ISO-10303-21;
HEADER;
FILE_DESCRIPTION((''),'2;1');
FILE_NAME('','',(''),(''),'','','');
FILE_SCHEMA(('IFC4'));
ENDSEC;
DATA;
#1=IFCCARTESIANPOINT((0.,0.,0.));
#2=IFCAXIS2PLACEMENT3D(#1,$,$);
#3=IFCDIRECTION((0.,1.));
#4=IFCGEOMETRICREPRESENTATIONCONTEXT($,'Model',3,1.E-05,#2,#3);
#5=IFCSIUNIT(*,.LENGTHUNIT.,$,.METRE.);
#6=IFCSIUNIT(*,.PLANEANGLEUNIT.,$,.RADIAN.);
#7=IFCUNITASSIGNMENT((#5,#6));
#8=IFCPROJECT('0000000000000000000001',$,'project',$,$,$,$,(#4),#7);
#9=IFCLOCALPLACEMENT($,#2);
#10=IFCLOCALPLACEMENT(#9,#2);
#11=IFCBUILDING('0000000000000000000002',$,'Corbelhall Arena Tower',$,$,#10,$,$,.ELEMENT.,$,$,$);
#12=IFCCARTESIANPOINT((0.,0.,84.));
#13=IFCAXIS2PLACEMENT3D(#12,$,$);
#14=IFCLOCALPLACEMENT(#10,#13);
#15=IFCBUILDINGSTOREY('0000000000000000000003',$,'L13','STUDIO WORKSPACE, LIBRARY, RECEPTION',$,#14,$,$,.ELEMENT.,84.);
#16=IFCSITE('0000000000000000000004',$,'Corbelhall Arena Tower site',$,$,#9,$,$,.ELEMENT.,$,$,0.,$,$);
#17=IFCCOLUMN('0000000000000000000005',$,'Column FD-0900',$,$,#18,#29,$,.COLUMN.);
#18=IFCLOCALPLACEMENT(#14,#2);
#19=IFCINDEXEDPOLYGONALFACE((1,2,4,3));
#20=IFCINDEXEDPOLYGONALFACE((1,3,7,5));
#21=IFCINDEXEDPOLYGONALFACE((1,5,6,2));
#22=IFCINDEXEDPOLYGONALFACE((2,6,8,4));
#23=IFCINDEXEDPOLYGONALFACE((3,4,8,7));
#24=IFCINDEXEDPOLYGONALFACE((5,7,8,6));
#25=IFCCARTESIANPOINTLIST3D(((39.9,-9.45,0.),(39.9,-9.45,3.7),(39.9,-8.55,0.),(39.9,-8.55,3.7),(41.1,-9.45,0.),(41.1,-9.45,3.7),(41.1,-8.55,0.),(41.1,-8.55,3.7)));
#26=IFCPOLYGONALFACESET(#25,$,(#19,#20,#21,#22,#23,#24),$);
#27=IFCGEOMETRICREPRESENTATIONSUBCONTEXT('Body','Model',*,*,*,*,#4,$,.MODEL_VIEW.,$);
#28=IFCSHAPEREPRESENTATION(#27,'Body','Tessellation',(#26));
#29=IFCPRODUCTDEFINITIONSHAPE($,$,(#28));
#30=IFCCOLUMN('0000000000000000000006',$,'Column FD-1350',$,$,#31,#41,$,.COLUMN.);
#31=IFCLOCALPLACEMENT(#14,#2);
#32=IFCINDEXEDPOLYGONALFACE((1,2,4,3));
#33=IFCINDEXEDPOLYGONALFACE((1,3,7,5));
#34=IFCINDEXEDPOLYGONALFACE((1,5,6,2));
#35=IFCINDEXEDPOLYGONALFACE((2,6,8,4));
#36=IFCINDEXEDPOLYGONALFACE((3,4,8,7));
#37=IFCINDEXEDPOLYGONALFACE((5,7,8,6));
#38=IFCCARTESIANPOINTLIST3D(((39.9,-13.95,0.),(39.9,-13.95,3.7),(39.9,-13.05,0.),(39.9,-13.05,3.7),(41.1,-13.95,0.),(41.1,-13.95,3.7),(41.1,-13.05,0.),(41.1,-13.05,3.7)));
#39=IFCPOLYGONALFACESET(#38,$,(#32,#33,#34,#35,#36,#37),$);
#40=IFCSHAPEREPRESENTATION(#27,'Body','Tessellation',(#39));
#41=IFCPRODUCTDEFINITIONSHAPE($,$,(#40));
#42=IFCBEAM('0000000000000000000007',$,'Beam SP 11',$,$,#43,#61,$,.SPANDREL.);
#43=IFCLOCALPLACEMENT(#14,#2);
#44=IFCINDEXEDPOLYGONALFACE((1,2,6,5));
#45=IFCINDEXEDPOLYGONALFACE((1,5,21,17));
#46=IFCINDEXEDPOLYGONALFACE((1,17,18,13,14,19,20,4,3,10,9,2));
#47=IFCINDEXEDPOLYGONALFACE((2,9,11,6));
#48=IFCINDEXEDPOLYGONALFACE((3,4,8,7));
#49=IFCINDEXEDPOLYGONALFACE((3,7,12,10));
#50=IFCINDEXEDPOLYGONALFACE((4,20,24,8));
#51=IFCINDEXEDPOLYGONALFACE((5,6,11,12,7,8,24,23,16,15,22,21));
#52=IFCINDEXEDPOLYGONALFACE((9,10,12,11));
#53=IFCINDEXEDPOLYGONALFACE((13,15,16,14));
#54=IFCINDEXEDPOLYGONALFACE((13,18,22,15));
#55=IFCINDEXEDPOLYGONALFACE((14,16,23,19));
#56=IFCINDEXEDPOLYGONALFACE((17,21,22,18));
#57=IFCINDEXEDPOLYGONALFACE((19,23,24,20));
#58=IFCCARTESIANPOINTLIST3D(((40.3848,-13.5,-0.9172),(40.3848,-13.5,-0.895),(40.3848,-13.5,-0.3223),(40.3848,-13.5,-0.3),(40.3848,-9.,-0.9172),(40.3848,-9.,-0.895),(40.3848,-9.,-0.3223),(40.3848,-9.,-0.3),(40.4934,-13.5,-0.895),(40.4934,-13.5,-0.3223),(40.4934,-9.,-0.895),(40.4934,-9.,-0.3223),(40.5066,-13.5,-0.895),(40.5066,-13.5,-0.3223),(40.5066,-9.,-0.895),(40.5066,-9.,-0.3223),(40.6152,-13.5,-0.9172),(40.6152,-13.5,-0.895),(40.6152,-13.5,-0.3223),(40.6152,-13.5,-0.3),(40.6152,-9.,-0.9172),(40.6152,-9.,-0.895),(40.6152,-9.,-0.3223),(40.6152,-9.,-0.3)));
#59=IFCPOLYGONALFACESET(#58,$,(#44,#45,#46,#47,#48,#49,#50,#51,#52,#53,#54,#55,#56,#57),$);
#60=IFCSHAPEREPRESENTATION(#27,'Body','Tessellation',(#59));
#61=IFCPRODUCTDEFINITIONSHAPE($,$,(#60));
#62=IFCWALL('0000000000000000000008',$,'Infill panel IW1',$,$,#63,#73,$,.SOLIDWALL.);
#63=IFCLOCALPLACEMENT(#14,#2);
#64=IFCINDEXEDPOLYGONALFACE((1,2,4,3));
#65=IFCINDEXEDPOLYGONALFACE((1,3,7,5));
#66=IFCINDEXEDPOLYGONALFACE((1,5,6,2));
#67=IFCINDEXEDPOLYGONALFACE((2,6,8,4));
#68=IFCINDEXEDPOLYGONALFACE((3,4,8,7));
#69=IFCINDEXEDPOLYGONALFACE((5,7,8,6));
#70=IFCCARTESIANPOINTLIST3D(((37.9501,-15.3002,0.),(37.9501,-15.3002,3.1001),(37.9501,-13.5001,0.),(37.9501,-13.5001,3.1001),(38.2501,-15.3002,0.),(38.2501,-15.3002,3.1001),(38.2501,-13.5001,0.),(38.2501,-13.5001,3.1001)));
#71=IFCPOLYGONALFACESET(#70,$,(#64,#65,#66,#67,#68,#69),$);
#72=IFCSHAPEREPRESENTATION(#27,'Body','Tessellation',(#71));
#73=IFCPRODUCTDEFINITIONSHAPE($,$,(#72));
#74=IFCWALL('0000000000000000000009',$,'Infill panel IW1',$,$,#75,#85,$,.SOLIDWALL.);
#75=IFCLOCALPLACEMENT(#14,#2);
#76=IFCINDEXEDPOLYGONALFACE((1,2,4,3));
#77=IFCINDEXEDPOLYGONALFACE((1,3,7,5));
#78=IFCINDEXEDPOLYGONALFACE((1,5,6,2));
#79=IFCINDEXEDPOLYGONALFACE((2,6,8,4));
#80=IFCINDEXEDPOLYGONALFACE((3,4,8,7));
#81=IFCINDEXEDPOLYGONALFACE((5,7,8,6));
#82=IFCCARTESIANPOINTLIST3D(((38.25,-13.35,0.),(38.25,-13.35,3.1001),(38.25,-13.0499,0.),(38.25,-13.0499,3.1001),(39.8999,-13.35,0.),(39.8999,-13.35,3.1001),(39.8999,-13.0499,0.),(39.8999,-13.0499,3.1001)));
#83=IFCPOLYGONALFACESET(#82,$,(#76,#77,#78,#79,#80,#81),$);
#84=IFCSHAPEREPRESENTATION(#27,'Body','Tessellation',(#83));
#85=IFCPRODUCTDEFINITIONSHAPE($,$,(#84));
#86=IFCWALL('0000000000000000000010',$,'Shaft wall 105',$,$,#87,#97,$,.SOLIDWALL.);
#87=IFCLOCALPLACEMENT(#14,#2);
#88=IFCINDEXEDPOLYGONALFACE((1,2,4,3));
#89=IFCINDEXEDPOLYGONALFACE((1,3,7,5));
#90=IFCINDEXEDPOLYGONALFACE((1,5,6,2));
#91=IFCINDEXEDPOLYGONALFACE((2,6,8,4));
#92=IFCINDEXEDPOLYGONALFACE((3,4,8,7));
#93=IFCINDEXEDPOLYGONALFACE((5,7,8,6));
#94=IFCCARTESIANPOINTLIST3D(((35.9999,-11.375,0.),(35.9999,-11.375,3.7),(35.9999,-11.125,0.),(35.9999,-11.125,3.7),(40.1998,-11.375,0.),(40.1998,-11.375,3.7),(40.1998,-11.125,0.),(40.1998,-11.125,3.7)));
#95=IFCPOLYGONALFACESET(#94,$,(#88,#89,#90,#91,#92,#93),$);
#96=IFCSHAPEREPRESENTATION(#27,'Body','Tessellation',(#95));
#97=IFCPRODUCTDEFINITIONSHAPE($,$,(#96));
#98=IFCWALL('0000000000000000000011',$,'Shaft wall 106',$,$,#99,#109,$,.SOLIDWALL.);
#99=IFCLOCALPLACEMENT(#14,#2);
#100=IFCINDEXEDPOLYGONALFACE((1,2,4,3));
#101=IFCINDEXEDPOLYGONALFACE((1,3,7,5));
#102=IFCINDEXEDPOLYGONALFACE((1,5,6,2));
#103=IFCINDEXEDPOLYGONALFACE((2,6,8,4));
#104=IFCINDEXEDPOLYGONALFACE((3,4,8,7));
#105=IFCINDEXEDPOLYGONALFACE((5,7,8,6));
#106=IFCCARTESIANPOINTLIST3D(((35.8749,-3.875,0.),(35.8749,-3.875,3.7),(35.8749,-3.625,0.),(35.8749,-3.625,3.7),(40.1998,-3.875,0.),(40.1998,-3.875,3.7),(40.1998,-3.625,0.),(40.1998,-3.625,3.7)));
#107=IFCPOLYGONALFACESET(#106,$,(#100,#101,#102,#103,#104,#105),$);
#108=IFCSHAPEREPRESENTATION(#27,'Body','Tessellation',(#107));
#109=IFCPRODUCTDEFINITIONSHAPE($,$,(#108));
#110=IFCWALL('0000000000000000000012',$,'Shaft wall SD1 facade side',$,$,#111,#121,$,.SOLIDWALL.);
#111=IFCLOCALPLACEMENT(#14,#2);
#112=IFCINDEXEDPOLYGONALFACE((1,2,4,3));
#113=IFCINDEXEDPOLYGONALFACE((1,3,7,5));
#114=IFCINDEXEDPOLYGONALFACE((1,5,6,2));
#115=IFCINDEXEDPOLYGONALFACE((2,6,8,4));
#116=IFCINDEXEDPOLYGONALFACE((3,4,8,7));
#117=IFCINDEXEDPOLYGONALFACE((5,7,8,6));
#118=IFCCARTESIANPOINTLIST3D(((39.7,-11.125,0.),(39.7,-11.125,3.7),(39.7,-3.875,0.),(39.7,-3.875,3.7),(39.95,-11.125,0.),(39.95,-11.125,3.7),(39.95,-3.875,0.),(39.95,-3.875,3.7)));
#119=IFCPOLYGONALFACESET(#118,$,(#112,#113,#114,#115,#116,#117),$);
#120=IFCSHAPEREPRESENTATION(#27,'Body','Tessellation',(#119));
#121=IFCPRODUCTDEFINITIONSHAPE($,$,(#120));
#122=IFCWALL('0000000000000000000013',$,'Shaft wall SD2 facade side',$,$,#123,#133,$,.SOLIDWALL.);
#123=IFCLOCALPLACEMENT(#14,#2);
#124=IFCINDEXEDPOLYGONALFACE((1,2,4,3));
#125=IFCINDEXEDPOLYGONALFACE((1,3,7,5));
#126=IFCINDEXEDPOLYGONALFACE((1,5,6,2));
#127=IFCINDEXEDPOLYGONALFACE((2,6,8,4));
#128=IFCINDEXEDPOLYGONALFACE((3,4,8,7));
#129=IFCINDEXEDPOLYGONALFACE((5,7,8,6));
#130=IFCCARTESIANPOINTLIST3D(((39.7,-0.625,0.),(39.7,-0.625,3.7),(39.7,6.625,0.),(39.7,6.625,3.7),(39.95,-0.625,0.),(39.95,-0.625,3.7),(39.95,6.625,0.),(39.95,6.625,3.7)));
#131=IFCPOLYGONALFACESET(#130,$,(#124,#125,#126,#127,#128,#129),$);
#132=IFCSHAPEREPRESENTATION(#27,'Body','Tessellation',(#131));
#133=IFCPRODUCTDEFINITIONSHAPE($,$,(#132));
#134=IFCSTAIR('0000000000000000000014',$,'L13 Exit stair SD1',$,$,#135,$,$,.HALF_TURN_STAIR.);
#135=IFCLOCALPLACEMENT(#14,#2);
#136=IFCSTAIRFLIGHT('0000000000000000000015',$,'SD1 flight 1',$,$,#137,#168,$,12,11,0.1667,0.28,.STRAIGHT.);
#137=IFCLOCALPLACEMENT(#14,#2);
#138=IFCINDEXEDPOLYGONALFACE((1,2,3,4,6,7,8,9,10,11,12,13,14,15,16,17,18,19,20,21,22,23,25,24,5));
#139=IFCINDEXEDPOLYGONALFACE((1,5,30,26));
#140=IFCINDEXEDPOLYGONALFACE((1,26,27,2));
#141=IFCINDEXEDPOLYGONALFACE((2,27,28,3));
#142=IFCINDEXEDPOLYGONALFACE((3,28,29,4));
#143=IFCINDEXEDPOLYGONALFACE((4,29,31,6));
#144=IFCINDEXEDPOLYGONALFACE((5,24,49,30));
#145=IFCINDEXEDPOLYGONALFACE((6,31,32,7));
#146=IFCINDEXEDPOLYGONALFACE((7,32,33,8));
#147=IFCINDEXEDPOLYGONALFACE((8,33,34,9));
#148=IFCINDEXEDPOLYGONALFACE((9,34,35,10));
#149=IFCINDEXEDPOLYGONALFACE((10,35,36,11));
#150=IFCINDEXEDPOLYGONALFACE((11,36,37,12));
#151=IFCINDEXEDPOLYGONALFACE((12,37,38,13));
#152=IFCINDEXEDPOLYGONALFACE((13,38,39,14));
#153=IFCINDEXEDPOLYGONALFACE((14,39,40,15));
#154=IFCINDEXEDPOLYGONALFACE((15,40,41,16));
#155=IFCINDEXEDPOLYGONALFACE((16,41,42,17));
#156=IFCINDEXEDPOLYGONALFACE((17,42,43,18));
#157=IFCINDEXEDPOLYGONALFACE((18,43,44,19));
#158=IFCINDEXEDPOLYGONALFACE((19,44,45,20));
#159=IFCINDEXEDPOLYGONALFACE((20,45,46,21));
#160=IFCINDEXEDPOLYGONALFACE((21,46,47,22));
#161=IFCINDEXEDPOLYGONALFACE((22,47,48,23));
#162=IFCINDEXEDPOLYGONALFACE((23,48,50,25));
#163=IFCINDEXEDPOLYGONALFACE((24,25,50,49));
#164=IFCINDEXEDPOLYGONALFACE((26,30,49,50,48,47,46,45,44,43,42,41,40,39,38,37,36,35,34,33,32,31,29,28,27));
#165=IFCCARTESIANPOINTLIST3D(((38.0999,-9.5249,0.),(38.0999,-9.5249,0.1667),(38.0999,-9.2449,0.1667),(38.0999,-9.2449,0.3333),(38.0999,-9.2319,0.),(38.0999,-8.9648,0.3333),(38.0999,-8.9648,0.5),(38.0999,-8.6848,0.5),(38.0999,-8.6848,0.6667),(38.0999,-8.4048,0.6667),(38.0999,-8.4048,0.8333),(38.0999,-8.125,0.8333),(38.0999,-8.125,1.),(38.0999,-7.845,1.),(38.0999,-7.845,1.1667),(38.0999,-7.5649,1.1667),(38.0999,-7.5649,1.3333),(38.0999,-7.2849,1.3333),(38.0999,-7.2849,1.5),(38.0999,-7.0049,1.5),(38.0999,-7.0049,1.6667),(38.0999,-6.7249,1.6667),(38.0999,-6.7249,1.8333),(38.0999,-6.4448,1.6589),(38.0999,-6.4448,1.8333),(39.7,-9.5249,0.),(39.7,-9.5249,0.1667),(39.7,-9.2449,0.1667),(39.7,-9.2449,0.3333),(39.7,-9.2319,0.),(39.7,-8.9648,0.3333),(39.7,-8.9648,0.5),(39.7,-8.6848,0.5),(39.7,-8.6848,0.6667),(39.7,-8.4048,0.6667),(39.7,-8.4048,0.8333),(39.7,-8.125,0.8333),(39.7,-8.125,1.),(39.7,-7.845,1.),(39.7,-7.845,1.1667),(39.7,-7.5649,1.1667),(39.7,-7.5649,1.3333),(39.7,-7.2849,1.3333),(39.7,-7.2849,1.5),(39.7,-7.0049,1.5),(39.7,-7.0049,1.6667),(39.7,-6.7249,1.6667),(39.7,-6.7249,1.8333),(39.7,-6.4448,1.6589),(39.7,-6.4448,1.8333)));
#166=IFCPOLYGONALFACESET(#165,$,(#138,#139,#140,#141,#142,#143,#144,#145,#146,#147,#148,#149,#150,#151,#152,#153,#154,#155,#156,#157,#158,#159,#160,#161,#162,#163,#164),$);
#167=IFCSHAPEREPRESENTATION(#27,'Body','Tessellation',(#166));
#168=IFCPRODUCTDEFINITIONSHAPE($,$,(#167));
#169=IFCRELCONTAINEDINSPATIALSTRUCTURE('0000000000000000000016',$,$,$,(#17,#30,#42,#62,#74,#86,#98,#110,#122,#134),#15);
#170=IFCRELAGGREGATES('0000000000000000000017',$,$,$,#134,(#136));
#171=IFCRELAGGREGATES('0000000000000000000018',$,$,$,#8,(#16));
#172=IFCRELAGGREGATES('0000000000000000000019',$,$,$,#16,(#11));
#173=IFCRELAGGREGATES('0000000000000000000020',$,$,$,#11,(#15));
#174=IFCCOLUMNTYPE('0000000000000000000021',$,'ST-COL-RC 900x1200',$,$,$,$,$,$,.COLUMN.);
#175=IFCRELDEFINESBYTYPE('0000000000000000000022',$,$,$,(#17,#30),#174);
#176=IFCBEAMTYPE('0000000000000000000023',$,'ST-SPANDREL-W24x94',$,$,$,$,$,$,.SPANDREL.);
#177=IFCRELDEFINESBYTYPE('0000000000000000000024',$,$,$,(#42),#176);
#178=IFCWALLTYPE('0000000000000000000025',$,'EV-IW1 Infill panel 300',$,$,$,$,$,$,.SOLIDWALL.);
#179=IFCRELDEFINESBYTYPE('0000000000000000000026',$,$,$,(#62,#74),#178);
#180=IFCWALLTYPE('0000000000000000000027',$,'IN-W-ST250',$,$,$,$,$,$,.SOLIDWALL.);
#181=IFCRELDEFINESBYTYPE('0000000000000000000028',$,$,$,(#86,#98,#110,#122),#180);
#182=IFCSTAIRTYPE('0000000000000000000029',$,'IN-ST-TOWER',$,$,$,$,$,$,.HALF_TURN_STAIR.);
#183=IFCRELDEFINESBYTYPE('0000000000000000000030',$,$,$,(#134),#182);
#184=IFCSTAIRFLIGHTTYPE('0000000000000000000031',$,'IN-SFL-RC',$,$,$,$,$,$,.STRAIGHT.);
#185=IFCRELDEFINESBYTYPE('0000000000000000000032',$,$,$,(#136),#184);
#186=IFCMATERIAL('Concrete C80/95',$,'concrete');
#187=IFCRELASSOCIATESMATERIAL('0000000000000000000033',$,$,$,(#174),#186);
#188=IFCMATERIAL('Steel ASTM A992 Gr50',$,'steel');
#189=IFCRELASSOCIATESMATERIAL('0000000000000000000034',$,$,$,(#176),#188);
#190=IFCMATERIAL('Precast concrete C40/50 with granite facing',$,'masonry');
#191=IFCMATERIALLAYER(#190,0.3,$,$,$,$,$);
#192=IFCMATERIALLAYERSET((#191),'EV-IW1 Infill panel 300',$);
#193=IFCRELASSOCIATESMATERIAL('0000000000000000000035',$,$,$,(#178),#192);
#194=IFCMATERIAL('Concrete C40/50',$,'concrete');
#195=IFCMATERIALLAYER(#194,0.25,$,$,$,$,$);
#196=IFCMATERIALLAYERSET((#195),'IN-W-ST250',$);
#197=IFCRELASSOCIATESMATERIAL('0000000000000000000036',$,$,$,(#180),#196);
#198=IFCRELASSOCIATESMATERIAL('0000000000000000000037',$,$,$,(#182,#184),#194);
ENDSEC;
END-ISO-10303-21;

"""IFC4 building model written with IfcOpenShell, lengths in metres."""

from ifc_helpers import new_model, si_unit, direction, frame, frame_2d, origin, origin_2d, place, context, subcontext, project, spatial, polyline, rectangle, i_section, outline, extrude, material, layer, layer_set, material_profile, profile_set, type_object, element, aggregate, save


model = new_model("IFC4")

# Units and contexts
model_context = context("Model", 3, precision=1e-05, world=origin(), true_north=direction((0.0, 1.0)))
body_context = subcontext(model_context, "Body", "Model", "MODEL_VIEW")
ifc_project = project(units=[si_unit("LENGTHUNIT", "METRE"), si_unit("PLANEANGLEUNIT", "RADIAN")], contexts=[model_context])

# Site, building, storey
site_placement = place(None, origin())
site = spatial("IfcSite", under=ifc_project, at=site_placement, Name="Corbelhall Arena Tower site", CompositionType="ELEMENT", RefElevation=0.0)
building_placement = place(site_placement, origin())
building = spatial("IfcBuilding", under=site, at=building_placement, Name="Corbelhall Arena Tower", CompositionType="ELEMENT")
storey_placement = place(building_placement, frame((0.0, 0.0, 84.0)))
storey = spatial("IfcBuildingStorey", under=building, at=storey_placement, Name="L13", Description="STUDIO WORKSPACE, LIBRARY, RECEPTION", CompositionType="ELEMENT", Elevation=84.0)

# Columns
ifc_material_1 = material(Name="Concrete C80/95", Category="concrete")
ifc_material_profile_1 = material_profile(ifc_material_1, rectangle(XDim=0.8999, YDim=1.2, at=origin_2d()))
ifc_profile_set_1 = profile_set([ifc_material_profile_1], Name="Concrete C80/95")
column_type = type_object("IfcColumnType", Name="ST-COL-RC 900x1200", PredefinedType="COLUMN", material=ifc_profile_set_1)
for number, where, z_axis, x_axis, name in (
    (1, (40.5, -9.0, 0.0), (0.0, 0.0, 1.0), (0.0, 1.0, 0.0), "Column FD-0900"),
    (2, (40.5, -13.5, 0.0), (0.0, 0.0, 1.0), (0.0, 1.0, 0.0), "Column FD-1350"),
):
    element("IfcColumn", number, at=place(storey_placement, frame(where, z_axis=z_axis, x_axis=x_axis)), inside=storey, type_object=column_type, Name=name, PredefinedType="COLUMN", context=body_context, shape_type="SweptSolid", body=[
        extrude(rectangle(XDim=0.8999, YDim=1.2, at=origin_2d()), origin(), (0.0, 0.0, 1.0), 3.7),
    ])

# Beam
ifc_material_2 = material(Name="Steel ASTM A992 Gr50", Category="steel")
ifc_material_profile_2 = material_profile(ifc_material_2, i_section(OverallWidth=0.2305, OverallDepth=0.6172, WebThickness=0.0132, FlangeThickness=0.0222, at=origin_2d()))
ifc_profile_set_2 = profile_set([ifc_material_profile_2], Name="Steel ASTM A992 Gr50")
beam_type = type_object("IfcBeamType", Name="ST-SPANDREL-W24x94", PredefinedType="SPANDREL", material=ifc_profile_set_2)
beam_placement = place(storey_placement, frame((40.5, -9.0, -0.6086), z_axis=(0.0, -1.0, 0.0), x_axis=(1.0, 0.0, 0.0)))
element("IfcBeam", 3, at=beam_placement, inside=storey, type_object=beam_type, Name="Beam SP 11", PredefinedType="SPANDREL", context=body_context, shape_type="SweptSolid", body=[
    extrude(i_section(OverallWidth=0.2305, OverallDepth=0.6172, WebThickness=0.0132, FlangeThickness=0.0222, at=origin_2d()), origin(), (0.0, 0.0, 1.0), 4.5),
])

# Walls
ifc_material_3 = material(Name="Precast concrete C40/50 with granite facing", Category="masonry")
ifc_layer_1 = layer(ifc_material_3, 0.3)
ifc_layer_set_1 = layer_set([ifc_layer_1], Name="EV-IW1 Infill panel 300")
wall_type_1 = type_object("IfcWallType", Name="EV-IW1 Infill panel 300", PredefinedType="SOLIDWALL", material=ifc_layer_set_1)
wall_1_placement = place(storey_placement, frame((38.1001, -15.3, 0.0), z_axis=(0.0, 0.0, 1.0), x_axis=(0.0, 1.0, 0.0)))
element("IfcWall", 4, at=wall_1_placement, inside=storey, type_object=wall_type_1, Name="Infill panel IW1", PredefinedType="SOLIDWALL", context=body_context, shape_type="SweptSolid", body=[
    extrude(rectangle(XDim=1.8, YDim=0.3, at=frame_2d((0.8999, 0.0))), origin(), (0.0, 0.0, 1.0), 3.1001),
])
wall_2_placement = place(storey_placement, frame((39.8999, -13.2, 0.0), z_axis=(0.0, 0.0, 1.0), x_axis=(-1.0, 0.0, 0.0)))
element("IfcWall", 5, at=wall_2_placement, inside=storey, type_object=wall_type_1, Name="Infill panel IW1", PredefinedType="SOLIDWALL", context=body_context, shape_type="SweptSolid", body=[
    extrude(rectangle(XDim=1.6499, YDim=0.3, at=frame_2d((0.825, 0.0))), origin(), (0.0, 0.0, 1.0), 3.1001),
])

# Walls
ifc_material_4 = material(Name="Concrete C40/50", Category="concrete")
ifc_layer_2 = layer(ifc_material_4, 0.25)
ifc_layer_set_2 = layer_set([ifc_layer_2], Name="IN-W-ST250")
wall_type_2 = type_object("IfcWallType", Name="IN-W-ST250", PredefinedType="SOLIDWALL", material=ifc_layer_set_2)
wall_3_placement = place(storey_placement, frame((40.2, -11.25, 0.0), z_axis=(0.0, 0.0, 1.0), x_axis=(-1.0, 0.0, 0.0)))
element("IfcWall", 6, at=wall_3_placement, inside=storey, type_object=wall_type_2, Name="Shaft wall 105", PredefinedType="SOLIDWALL", context=body_context, shape_type="SweptSolid", body=[
    extrude(rectangle(XDim=4.2, YDim=0.25, at=frame_2d((2.1001, 0.0))), origin(), (0.0, 0.0, 1.0), 3.7),
])
wall_4_placement = place(storey_placement, frame((40.2, -3.75, 0.0), z_axis=(0.0, 0.0, 1.0), x_axis=(-1.0, 0.0, 0.0)))
element("IfcWall", 7, at=wall_4_placement, inside=storey, type_object=wall_type_2, Name="Shaft wall 106", PredefinedType="SOLIDWALL", context=body_context, shape_type="SweptSolid", body=[
    extrude(rectangle(XDim=4.325, YDim=0.25, at=frame_2d((2.1626, 0.0))), origin(), (0.0, 0.0, 1.0), 3.7),
])
for number, where, z_axis, x_axis, name in (
    (8, (39.825, -11.125, 0.0), (0.0, 0.0, 1.0), (0.0, 1.0, 0.0), "Shaft wall SD1 facade side"),
    (9, (39.825, -0.625, 0.0), (0.0, 0.0, 1.0), (0.0, 1.0, 0.0), "Shaft wall SD2 facade side"),
):
    element("IfcWall", number, at=place(storey_placement, frame(where, z_axis=z_axis, x_axis=x_axis)), inside=storey, type_object=wall_type_2, Name=name, PredefinedType="SOLIDWALL", context=body_context, shape_type="SweptSolid", body=[
        extrude(rectangle(XDim=7.25, YDim=0.25, at=frame_2d((3.625, 0.0))), origin(), (0.0, 0.0, 1.0), 3.7),
    ])

# Stair, stair flight
stair_type = type_object("IfcStairType", Name="IN-ST-TOWER", PredefinedType="HALF_TURN_STAIR", material=ifc_material_4)
stair_placement = place(storey_placement, origin())
stair = element("IfcStair", 10, at=stair_placement, inside=storey, type_object=stair_type, Name="L13 Exit stair SD1", PredefinedType="HALF_TURN_STAIR")
stair_flight_type = type_object("IfcStairFlightType", Name="IN-SFL-RC", PredefinedType="STRAIGHT", material=ifc_material_4)
stair_flight_placement = place(storey_placement, frame((38.8999, -9.5249, 0.0), z_axis=(0.0, 0.0, 1.0), x_axis=(0.0, 1.0, 0.0)))
stair_flight = element("IfcStairFlight", 11, at=stair_flight_placement, type_object=stair_flight_type, Name="SD1 flight 1", NumberOfRisers=12, NumberOfTreads=11, PredefinedType="STRAIGHT", RiserHeight=0.1667, TreadLength=0.28, context=body_context, shape_type="SweptSolid", body=[
    extrude(outline(polyline([(0.0, 0.0), (0.0, 0.1667), (0.28, 0.1667), (0.28, 0.3333), (0.5601, 0.3333), (0.5601, 0.5), (0.8401, 0.5), (0.8401, 0.6667), (1.1201, 0.6667), (1.1201, 0.8333), (1.3999, 0.8333), (1.3999, 1.0), (1.6799, 1.0), (1.6799, 1.1667), (1.96, 1.1667), (1.96, 1.3333), (2.24, 1.3333), (2.24, 1.5), (2.52, 1.5), (2.52, 1.6667), (2.8, 1.6667), (2.8, 1.8333), (3.0801, 1.8333), (3.0801, 2.0), (3.0801, 1.6589), (0.293, 0.0), (0.0, 0.0)])), frame((0.0, 0.8, 0.0), z_axis=(0.0, -1.0, 0.0), x_axis=(1.0, 0.0, 0.0)), (0.0, 0.0, 1.0), 1.6001),
])
aggregate(stair, [stair_flight])

save(model, "model.ifc")
